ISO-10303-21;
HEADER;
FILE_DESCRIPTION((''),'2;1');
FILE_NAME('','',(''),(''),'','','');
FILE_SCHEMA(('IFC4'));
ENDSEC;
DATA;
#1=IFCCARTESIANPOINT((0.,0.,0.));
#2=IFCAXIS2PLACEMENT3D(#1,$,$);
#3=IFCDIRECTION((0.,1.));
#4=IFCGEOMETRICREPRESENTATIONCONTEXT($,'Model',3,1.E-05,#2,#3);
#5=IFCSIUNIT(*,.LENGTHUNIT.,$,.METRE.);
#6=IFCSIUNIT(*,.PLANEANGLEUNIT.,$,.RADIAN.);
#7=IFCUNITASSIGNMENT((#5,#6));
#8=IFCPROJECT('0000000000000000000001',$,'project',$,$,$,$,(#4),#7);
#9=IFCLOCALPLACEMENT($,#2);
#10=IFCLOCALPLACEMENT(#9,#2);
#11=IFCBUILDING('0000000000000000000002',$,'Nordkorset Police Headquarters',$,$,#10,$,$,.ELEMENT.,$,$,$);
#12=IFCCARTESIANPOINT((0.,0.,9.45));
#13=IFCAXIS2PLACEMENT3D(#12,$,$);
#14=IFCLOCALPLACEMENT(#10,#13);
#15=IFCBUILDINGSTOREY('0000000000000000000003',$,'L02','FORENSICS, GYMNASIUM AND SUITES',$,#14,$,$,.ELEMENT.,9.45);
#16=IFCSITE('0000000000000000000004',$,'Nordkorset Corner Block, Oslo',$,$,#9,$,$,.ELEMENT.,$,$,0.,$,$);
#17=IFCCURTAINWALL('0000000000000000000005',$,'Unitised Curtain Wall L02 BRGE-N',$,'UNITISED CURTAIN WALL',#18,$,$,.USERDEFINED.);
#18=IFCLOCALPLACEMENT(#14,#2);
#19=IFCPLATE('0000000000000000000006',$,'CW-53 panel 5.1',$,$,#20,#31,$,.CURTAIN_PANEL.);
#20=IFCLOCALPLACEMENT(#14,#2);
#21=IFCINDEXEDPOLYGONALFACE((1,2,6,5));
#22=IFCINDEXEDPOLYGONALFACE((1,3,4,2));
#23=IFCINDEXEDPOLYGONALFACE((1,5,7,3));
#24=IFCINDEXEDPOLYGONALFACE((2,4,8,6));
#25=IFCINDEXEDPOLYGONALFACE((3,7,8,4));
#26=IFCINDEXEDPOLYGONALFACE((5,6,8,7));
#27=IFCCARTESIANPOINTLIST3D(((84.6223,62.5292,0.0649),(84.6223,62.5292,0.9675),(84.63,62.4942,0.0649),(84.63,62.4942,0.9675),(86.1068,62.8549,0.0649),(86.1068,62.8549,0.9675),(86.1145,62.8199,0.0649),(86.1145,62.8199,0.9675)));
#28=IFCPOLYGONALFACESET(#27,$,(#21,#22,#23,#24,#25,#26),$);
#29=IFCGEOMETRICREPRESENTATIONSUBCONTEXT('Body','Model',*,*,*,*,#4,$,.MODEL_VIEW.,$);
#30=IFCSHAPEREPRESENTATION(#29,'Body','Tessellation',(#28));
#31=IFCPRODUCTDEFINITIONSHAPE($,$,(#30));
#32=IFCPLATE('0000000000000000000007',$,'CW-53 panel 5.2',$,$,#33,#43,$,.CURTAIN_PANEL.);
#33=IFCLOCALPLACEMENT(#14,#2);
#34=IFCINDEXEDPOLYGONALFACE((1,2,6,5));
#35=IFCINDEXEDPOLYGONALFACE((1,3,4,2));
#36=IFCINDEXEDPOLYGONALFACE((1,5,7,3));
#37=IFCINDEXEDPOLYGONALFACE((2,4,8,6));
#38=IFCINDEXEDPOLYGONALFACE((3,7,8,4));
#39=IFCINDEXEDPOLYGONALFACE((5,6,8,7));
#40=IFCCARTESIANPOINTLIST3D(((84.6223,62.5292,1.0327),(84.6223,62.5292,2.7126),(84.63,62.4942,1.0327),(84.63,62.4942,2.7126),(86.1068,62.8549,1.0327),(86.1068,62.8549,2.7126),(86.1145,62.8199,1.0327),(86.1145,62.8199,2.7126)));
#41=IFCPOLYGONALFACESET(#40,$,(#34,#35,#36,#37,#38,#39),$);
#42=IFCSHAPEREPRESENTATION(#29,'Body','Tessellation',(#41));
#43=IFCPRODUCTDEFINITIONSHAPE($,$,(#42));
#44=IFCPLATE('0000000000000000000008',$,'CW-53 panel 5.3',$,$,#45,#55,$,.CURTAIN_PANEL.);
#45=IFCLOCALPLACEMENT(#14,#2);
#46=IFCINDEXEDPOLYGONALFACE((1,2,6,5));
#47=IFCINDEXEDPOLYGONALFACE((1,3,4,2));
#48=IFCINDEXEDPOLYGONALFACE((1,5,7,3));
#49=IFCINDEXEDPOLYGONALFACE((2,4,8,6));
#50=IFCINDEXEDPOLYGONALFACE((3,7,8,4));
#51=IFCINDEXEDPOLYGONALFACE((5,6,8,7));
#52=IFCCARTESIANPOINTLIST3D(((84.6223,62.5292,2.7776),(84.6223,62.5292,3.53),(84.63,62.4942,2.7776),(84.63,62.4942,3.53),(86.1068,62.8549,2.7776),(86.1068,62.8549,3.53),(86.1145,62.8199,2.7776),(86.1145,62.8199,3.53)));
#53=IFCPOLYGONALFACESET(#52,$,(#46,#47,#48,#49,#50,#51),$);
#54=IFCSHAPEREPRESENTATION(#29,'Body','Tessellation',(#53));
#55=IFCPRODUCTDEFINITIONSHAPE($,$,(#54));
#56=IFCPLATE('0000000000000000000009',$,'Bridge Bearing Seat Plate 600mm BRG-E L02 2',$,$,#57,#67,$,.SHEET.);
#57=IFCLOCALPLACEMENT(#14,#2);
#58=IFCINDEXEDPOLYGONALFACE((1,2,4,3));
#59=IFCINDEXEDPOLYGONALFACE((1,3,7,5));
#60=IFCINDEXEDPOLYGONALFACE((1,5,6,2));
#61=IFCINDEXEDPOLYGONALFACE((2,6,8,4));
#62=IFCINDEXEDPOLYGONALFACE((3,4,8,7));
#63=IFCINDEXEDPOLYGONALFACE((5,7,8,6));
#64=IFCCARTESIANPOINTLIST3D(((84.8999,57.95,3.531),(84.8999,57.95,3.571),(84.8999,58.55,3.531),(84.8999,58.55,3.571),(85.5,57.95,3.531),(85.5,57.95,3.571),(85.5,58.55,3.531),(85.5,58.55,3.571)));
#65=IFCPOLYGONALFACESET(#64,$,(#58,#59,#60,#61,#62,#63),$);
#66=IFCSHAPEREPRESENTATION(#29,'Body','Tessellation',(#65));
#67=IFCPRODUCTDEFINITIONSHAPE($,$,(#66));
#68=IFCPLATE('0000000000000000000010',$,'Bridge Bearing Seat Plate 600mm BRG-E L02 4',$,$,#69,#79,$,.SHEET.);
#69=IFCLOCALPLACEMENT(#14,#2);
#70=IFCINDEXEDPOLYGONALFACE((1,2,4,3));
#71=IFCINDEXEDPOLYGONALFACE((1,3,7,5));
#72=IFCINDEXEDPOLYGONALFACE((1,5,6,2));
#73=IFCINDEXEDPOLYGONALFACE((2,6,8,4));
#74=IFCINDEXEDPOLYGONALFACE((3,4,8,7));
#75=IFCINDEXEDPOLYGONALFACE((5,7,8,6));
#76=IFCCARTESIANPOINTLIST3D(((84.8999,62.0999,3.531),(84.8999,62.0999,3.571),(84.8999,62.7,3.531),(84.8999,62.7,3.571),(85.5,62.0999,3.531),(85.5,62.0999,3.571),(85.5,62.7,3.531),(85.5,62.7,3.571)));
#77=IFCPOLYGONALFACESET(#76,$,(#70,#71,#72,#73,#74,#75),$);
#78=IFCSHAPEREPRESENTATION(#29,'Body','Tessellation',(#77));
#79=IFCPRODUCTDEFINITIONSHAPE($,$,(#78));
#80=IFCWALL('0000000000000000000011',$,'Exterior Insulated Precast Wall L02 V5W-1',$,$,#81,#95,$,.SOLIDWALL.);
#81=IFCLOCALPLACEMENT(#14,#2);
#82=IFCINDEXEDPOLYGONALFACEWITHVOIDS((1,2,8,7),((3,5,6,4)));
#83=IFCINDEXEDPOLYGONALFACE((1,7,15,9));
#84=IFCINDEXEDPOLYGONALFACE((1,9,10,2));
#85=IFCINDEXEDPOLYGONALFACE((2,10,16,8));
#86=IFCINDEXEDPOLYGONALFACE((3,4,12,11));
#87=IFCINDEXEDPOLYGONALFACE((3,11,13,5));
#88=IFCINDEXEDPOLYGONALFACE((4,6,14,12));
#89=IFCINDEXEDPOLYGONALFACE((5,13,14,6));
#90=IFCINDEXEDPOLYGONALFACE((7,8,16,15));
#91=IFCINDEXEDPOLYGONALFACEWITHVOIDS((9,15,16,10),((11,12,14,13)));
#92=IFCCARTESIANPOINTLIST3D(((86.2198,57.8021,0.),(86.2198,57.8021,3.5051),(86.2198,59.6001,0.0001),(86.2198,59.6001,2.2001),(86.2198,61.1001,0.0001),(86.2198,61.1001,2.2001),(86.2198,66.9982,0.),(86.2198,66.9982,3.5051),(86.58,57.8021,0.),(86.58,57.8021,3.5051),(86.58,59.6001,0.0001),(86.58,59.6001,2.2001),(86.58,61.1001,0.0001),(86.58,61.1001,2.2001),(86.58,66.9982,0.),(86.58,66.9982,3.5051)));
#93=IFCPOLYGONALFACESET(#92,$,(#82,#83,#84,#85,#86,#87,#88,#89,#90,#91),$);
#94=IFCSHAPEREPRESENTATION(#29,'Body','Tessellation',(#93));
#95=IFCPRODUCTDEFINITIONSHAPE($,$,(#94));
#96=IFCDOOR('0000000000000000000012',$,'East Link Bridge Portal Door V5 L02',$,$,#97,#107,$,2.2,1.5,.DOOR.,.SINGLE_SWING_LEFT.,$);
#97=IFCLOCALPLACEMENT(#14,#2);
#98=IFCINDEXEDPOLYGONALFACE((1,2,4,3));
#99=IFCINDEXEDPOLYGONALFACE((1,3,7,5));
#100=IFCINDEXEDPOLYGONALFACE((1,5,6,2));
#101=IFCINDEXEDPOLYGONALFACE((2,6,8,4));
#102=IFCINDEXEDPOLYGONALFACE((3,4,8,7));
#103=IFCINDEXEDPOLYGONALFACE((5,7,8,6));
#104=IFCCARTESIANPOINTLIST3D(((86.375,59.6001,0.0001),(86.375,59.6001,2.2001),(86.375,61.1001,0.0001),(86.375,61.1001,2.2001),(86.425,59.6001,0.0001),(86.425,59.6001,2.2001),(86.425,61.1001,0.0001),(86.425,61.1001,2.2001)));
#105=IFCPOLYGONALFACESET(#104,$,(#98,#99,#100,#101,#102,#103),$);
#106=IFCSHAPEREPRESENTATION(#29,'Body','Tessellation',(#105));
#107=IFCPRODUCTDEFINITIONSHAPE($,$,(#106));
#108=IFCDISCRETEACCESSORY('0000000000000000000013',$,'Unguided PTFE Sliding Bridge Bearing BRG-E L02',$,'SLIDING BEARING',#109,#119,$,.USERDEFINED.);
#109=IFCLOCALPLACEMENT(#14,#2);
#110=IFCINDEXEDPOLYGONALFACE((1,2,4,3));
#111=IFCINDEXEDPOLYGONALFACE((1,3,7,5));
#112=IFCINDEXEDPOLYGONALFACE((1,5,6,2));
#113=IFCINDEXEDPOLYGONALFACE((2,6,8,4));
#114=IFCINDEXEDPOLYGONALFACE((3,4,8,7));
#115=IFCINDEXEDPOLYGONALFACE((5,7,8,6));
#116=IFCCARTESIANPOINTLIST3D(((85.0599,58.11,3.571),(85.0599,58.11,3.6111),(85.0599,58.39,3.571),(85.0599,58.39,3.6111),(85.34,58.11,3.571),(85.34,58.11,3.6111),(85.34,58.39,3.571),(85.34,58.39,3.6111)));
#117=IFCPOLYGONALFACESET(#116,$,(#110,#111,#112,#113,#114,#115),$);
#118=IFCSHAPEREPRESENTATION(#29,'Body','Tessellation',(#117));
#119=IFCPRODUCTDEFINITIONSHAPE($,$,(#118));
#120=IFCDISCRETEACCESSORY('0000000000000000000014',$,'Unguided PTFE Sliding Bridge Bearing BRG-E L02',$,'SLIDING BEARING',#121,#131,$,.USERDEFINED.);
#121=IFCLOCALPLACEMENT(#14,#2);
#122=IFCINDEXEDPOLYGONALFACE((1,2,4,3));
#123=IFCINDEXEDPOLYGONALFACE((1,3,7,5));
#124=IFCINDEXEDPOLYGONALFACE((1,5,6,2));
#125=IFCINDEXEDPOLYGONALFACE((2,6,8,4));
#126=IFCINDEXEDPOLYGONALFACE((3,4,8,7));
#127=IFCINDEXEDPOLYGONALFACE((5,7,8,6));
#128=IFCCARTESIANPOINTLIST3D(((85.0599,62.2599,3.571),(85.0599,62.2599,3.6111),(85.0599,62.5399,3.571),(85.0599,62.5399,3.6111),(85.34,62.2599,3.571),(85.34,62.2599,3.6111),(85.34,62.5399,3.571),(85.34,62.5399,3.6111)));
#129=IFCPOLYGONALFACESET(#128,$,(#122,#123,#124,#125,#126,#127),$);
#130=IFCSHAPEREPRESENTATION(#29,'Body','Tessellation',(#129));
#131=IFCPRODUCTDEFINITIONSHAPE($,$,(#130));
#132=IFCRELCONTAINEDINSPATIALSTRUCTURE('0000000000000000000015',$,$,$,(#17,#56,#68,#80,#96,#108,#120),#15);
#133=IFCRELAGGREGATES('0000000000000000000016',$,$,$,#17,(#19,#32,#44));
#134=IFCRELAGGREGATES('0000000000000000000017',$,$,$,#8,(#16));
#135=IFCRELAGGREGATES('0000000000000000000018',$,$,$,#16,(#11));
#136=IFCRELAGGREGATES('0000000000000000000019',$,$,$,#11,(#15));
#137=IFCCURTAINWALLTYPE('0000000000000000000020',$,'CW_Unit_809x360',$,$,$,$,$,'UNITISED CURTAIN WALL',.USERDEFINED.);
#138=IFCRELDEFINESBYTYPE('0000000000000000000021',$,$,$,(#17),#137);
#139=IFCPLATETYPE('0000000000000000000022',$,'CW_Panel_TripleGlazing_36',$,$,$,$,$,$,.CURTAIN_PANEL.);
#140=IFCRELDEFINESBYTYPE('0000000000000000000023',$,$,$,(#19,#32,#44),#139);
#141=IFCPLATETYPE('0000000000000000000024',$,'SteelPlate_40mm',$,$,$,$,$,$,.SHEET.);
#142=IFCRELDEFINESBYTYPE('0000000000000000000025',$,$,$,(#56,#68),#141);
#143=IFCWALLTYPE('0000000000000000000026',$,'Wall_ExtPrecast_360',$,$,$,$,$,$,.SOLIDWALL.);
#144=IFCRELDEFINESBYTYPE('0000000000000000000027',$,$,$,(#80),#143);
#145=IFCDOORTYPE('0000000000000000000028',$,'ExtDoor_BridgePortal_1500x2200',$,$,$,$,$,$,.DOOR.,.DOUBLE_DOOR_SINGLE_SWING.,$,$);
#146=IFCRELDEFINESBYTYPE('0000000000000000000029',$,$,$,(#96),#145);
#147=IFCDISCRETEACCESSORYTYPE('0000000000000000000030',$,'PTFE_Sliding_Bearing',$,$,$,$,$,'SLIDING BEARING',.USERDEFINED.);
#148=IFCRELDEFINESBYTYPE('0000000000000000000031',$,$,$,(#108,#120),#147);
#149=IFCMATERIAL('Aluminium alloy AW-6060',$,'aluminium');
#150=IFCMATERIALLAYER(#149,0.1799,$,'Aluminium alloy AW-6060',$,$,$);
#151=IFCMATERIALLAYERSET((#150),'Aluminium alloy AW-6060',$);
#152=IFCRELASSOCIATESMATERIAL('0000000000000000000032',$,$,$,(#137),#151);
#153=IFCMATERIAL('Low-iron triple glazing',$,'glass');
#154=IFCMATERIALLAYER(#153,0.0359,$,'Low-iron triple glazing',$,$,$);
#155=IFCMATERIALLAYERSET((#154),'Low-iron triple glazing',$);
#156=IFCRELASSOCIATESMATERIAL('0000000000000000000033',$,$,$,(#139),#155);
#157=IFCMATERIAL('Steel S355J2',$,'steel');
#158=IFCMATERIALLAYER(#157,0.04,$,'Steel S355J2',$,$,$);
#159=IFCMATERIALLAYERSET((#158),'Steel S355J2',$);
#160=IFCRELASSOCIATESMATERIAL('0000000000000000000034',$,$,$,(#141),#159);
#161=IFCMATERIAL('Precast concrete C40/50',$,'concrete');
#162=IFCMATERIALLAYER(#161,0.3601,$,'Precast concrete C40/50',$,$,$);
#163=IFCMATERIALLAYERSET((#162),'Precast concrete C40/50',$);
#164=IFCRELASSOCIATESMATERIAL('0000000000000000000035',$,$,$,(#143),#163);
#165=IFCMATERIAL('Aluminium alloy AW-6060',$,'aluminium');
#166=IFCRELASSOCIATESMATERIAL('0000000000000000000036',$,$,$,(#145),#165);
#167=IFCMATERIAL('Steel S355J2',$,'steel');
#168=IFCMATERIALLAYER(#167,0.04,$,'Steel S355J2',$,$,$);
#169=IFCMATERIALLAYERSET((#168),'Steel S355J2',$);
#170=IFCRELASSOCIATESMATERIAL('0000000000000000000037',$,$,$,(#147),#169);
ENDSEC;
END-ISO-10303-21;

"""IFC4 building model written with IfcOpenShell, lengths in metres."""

from ifc_helpers import new_model, si_unit, direction, frame, frame_2d, origin, origin_2d, place, context, subcontext, project, spatial, rectangle, extrude, material, layer, layer_set, type_object, element, fill, aggregate, save


model = new_model("IFC4")

# Units and contexts
model_context = context("Model", 3, precision=1e-05, world=origin(), true_north=direction((0.0, 1.0)))
body_context = subcontext(model_context, "Body", "Model", "MODEL_VIEW")
ifc_project = project(units=[si_unit("LENGTHUNIT", "METRE"), si_unit("PLANEANGLEUNIT", "RADIAN")], contexts=[model_context])

# Site, building, storey
site_placement = place(None, origin())
site = spatial("IfcSite", under=ifc_project, at=site_placement, Name="Nordkorset Corner Block, Oslo", CompositionType="ELEMENT", RefElevation=0.0)
building_placement = place(site_placement, origin())
building = spatial("IfcBuilding", under=site, at=building_placement, Name="Nordkorset Police Headquarters", CompositionType="ELEMENT")
storey_placement = place(building_placement, frame((0.0, 0.0, 9.45)))
storey = spatial("IfcBuildingStorey", under=building, at=storey_placement, Name="L02", Description="FORENSICS, GYMNASIUM AND SUITES", CompositionType="ELEMENT", Elevation=9.45)

# Curtain wall
ifc_material_1 = material(Name="Aluminium alloy AW-6060", Category="aluminium")
ifc_layer_1 = layer(ifc_material_1, 0.1799, Name="Aluminium alloy AW-6060")
ifc_layer_set_1 = layer_set([ifc_layer_1], Name="Aluminium alloy AW-6060")
curtain_wall_type_1 = type_object("IfcCurtainWallType", Name="CW_Unit_809x360", ElementType="UNITISED CURTAIN WALL", PredefinedType="USERDEFINED", material=ifc_layer_set_1)
curtain_wall_1_placement = place(storey_placement, origin())
curtain_wall_1 = element("IfcCurtainWall", 1, at=curtain_wall_1_placement, inside=storey, type_object=curtain_wall_type_1, Name="Unitised Curtain Wall L02 BRGE-N", ObjectType="UNITISED CURTAIN WALL", PredefinedType="USERDEFINED")

# Plates
ifc_material_2 = material(Name="Low-iron triple glazing", Category="glass")
ifc_layer_2 = layer(ifc_material_2, 0.0359, Name="Low-iron triple glazing")
ifc_layer_set_2 = layer_set([ifc_layer_2], Name="Low-iron triple glazing")
plate_type_1 = type_object("IfcPlateType", Name="CW_Panel_TripleGlazing_36", PredefinedType="CURTAIN_PANEL", material=ifc_layer_set_2)
plate_1_placement = place(storey_placement, frame((85.3684, 62.6746, 0.0649), z_axis=(0.0, 0.0, 1.0), x_axis=(0.976768, 0.214298, 0.0)))
plate_1 = element("IfcPlate", 2, at=plate_1_placement, type_object=plate_type_1, Name="CW-53 panel 5.1", PredefinedType="CURTAIN_PANEL", context=body_context, shape_type="SweptSolid", body=[
    extrude(rectangle(XDim=1.5198, YDim=0.0359, at=origin_2d()), origin(), (0.0, 0.0, 1.0), 0.9026),
])
plate_2_placement = place(storey_placement, frame((85.3684, 62.6746, 1.0327), z_axis=(0.0, 0.0, 1.0), x_axis=(0.976768, 0.214298, 0.0)))
plate_2 = element("IfcPlate", 3, at=plate_2_placement, type_object=plate_type_1, Name="CW-53 panel 5.2", PredefinedType="CURTAIN_PANEL", context=body_context, shape_type="SweptSolid", body=[
    extrude(rectangle(XDim=1.5198, YDim=0.0359, at=origin_2d()), origin(), (0.0, 0.0, 1.0), 1.6799),
])
plate_3_placement = place(storey_placement, frame((85.3684, 62.6746, 2.7776), z_axis=(0.0, 0.0, 1.0), x_axis=(0.976768, 0.214298, 0.0)))
plate_3 = element("IfcPlate", 4, at=plate_3_placement, type_object=plate_type_1, Name="CW-53 panel 5.3", PredefinedType="CURTAIN_PANEL", context=body_context, shape_type="SweptSolid", body=[
    extrude(rectangle(XDim=1.5198, YDim=0.0359, at=origin_2d()), origin(), (0.0, 0.0, 1.0), 0.7524),
])
aggregate(curtain_wall_1, [plate_1, plate_2, plate_3])

# Plates
ifc_material_3 = material(Name="Steel S355J2", Category="steel")
ifc_layer_3 = layer(ifc_material_3, 0.04, Name="Steel S355J2")
ifc_layer_set_3 = layer_set([ifc_layer_3], Name="Steel S355J2")
plate_type_2 = type_object("IfcPlateType", Name="SteelPlate_40mm", PredefinedType="SHEET", material=ifc_layer_set_3)
for number, where, z_axis, x_axis, name in (
    (5, (85.2, 58.25, 3.531), (0.0, 0.0, 1.0), (1.0, 0.0, 0.0), "Bridge Bearing Seat Plate 600mm BRG-E L02 2"),
    (6, (85.2, 62.3999, 3.531), (0.0, 0.0, 1.0), (1.0, 0.0, 0.0), "Bridge Bearing Seat Plate 600mm BRG-E L02 4"),
):
    element("IfcPlate", number, at=place(storey_placement, frame(where, z_axis=z_axis, x_axis=x_axis)), inside=storey, type_object=plate_type_2, Name=name, PredefinedType="SHEET", context=body_context, shape_type="SweptSolid", body=[
        extrude(rectangle(XDim=0.6001, YDim=0.6001, at=origin_2d()), origin(), (0.0, 0.0, 1.0), 0.04),
    ])

# Wall, opening, door
ifc_material_4 = material(Name="Precast concrete C40/50", Category="concrete")
ifc_layer_4 = layer(ifc_material_4, 0.3601, Name="Precast concrete C40/50")
ifc_layer_set_4 = layer_set([ifc_layer_4], Name="Precast concrete C40/50")
wall_type = type_object("IfcWallType", Name="Wall_ExtPrecast_360", PredefinedType="SOLIDWALL", material=ifc_layer_set_4)
wall_placement = place(storey_placement, frame((86.3999, 57.802, 0.0), z_axis=(0.0, 0.0, 1.0), x_axis=(0.0, 1.0, 0.0)))
wall = element("IfcWall", 7, at=wall_placement, inside=storey, type_object=wall_type, Name="Exterior Insulated Precast Wall L02 V5W-1", PredefinedType="SOLIDWALL", context=body_context, shape_type="SweptSolid", body=[
    extrude(rectangle(XDim=9.196, YDim=0.3601, at=frame_2d((4.5981, 0.0))), origin(), (0.0, 0.0, 1.0), 3.5051),
])
opening_placement = place(wall_placement, frame((1.7981, 0.0, 0.0)))
opening = element("IfcOpeningElement", 8, at=opening_placement, cuts=wall, PredefinedType="OPENING", context=body_context, shape_type="SweptSolid", body=[
    extrude(rectangle(XDim=1.5, YDim=2.2, at=frame_2d((0.75, 1.1001))), frame((0.0, 0.1899, 0.0), z_axis=(0.0, -1.0, 0.0), x_axis=(1.0, 0.0, 0.0)), (0.0, 0.0, 1.0), 0.3801),
])
ifc_material_5 = material(Name="Aluminium alloy AW-6060", Category="aluminium")
door_type = type_object("IfcDoorType", Name="ExtDoor_BridgePortal_1500x2200", OperationType="DOUBLE_DOOR_SINGLE_SWING", PredefinedType="DOOR", material=ifc_material_5)
door_placement = place(opening_placement, origin())
door = element("IfcDoor", 9, at=door_placement, inside=storey, type_object=door_type, Name="East Link Bridge Portal Door V5 L02", OperationType="SINGLE_SWING_LEFT", OverallHeight=2.2, OverallWidth=1.5, PredefinedType="DOOR", context=body_context, shape_type="SweptSolid", body=[
    extrude(rectangle(XDim=1.5, YDim=2.2, at=frame_2d((0.75, 1.1001))), frame((0.0, 0.0249, 0.0), z_axis=(0.0, -1.0, 0.0), x_axis=(1.0, 0.0, 0.0)), (0.0, 0.0, 1.0), 0.05),
])
fill(opening, door)

# Discrete accessories
ifc_material_6 = material(Name="Steel S355J2", Category="steel")
ifc_layer_5 = layer(ifc_material_6, 0.04, Name="Steel S355J2")
ifc_layer_set_5 = layer_set([ifc_layer_5], Name="Steel S355J2")
discrete_accessory_type = type_object("IfcDiscreteAccessoryType", Name="PTFE_Sliding_Bearing", ElementType="SLIDING BEARING", PredefinedType="USERDEFINED", material=ifc_layer_set_5)
for number, where, z_axis, x_axis, name in (
    (10, (85.2, 58.25, 3.571), (0.0, 0.0, 1.0), (1.0, 0.0, 0.0), "Unguided PTFE Sliding Bridge Bearing BRG-E L02"),
    (11, (85.2, 62.3999, 3.571), (0.0, 0.0, 1.0), (1.0, 0.0, 0.0), "Unguided PTFE Sliding Bridge Bearing BRG-E L02"),
):
    element("IfcDiscreteAccessory", number, at=place(storey_placement, frame(where, z_axis=z_axis, x_axis=x_axis)), inside=storey, type_object=discrete_accessory_type, Name=name, ObjectType="SLIDING BEARING", PredefinedType="USERDEFINED", context=body_context, shape_type="SweptSolid", body=[
        extrude(rectangle(XDim=0.28, YDim=0.28, at=origin_2d()), origin(), (0.0, 0.0, 1.0), 0.04),
    ])

save(model, "model.ifc")
